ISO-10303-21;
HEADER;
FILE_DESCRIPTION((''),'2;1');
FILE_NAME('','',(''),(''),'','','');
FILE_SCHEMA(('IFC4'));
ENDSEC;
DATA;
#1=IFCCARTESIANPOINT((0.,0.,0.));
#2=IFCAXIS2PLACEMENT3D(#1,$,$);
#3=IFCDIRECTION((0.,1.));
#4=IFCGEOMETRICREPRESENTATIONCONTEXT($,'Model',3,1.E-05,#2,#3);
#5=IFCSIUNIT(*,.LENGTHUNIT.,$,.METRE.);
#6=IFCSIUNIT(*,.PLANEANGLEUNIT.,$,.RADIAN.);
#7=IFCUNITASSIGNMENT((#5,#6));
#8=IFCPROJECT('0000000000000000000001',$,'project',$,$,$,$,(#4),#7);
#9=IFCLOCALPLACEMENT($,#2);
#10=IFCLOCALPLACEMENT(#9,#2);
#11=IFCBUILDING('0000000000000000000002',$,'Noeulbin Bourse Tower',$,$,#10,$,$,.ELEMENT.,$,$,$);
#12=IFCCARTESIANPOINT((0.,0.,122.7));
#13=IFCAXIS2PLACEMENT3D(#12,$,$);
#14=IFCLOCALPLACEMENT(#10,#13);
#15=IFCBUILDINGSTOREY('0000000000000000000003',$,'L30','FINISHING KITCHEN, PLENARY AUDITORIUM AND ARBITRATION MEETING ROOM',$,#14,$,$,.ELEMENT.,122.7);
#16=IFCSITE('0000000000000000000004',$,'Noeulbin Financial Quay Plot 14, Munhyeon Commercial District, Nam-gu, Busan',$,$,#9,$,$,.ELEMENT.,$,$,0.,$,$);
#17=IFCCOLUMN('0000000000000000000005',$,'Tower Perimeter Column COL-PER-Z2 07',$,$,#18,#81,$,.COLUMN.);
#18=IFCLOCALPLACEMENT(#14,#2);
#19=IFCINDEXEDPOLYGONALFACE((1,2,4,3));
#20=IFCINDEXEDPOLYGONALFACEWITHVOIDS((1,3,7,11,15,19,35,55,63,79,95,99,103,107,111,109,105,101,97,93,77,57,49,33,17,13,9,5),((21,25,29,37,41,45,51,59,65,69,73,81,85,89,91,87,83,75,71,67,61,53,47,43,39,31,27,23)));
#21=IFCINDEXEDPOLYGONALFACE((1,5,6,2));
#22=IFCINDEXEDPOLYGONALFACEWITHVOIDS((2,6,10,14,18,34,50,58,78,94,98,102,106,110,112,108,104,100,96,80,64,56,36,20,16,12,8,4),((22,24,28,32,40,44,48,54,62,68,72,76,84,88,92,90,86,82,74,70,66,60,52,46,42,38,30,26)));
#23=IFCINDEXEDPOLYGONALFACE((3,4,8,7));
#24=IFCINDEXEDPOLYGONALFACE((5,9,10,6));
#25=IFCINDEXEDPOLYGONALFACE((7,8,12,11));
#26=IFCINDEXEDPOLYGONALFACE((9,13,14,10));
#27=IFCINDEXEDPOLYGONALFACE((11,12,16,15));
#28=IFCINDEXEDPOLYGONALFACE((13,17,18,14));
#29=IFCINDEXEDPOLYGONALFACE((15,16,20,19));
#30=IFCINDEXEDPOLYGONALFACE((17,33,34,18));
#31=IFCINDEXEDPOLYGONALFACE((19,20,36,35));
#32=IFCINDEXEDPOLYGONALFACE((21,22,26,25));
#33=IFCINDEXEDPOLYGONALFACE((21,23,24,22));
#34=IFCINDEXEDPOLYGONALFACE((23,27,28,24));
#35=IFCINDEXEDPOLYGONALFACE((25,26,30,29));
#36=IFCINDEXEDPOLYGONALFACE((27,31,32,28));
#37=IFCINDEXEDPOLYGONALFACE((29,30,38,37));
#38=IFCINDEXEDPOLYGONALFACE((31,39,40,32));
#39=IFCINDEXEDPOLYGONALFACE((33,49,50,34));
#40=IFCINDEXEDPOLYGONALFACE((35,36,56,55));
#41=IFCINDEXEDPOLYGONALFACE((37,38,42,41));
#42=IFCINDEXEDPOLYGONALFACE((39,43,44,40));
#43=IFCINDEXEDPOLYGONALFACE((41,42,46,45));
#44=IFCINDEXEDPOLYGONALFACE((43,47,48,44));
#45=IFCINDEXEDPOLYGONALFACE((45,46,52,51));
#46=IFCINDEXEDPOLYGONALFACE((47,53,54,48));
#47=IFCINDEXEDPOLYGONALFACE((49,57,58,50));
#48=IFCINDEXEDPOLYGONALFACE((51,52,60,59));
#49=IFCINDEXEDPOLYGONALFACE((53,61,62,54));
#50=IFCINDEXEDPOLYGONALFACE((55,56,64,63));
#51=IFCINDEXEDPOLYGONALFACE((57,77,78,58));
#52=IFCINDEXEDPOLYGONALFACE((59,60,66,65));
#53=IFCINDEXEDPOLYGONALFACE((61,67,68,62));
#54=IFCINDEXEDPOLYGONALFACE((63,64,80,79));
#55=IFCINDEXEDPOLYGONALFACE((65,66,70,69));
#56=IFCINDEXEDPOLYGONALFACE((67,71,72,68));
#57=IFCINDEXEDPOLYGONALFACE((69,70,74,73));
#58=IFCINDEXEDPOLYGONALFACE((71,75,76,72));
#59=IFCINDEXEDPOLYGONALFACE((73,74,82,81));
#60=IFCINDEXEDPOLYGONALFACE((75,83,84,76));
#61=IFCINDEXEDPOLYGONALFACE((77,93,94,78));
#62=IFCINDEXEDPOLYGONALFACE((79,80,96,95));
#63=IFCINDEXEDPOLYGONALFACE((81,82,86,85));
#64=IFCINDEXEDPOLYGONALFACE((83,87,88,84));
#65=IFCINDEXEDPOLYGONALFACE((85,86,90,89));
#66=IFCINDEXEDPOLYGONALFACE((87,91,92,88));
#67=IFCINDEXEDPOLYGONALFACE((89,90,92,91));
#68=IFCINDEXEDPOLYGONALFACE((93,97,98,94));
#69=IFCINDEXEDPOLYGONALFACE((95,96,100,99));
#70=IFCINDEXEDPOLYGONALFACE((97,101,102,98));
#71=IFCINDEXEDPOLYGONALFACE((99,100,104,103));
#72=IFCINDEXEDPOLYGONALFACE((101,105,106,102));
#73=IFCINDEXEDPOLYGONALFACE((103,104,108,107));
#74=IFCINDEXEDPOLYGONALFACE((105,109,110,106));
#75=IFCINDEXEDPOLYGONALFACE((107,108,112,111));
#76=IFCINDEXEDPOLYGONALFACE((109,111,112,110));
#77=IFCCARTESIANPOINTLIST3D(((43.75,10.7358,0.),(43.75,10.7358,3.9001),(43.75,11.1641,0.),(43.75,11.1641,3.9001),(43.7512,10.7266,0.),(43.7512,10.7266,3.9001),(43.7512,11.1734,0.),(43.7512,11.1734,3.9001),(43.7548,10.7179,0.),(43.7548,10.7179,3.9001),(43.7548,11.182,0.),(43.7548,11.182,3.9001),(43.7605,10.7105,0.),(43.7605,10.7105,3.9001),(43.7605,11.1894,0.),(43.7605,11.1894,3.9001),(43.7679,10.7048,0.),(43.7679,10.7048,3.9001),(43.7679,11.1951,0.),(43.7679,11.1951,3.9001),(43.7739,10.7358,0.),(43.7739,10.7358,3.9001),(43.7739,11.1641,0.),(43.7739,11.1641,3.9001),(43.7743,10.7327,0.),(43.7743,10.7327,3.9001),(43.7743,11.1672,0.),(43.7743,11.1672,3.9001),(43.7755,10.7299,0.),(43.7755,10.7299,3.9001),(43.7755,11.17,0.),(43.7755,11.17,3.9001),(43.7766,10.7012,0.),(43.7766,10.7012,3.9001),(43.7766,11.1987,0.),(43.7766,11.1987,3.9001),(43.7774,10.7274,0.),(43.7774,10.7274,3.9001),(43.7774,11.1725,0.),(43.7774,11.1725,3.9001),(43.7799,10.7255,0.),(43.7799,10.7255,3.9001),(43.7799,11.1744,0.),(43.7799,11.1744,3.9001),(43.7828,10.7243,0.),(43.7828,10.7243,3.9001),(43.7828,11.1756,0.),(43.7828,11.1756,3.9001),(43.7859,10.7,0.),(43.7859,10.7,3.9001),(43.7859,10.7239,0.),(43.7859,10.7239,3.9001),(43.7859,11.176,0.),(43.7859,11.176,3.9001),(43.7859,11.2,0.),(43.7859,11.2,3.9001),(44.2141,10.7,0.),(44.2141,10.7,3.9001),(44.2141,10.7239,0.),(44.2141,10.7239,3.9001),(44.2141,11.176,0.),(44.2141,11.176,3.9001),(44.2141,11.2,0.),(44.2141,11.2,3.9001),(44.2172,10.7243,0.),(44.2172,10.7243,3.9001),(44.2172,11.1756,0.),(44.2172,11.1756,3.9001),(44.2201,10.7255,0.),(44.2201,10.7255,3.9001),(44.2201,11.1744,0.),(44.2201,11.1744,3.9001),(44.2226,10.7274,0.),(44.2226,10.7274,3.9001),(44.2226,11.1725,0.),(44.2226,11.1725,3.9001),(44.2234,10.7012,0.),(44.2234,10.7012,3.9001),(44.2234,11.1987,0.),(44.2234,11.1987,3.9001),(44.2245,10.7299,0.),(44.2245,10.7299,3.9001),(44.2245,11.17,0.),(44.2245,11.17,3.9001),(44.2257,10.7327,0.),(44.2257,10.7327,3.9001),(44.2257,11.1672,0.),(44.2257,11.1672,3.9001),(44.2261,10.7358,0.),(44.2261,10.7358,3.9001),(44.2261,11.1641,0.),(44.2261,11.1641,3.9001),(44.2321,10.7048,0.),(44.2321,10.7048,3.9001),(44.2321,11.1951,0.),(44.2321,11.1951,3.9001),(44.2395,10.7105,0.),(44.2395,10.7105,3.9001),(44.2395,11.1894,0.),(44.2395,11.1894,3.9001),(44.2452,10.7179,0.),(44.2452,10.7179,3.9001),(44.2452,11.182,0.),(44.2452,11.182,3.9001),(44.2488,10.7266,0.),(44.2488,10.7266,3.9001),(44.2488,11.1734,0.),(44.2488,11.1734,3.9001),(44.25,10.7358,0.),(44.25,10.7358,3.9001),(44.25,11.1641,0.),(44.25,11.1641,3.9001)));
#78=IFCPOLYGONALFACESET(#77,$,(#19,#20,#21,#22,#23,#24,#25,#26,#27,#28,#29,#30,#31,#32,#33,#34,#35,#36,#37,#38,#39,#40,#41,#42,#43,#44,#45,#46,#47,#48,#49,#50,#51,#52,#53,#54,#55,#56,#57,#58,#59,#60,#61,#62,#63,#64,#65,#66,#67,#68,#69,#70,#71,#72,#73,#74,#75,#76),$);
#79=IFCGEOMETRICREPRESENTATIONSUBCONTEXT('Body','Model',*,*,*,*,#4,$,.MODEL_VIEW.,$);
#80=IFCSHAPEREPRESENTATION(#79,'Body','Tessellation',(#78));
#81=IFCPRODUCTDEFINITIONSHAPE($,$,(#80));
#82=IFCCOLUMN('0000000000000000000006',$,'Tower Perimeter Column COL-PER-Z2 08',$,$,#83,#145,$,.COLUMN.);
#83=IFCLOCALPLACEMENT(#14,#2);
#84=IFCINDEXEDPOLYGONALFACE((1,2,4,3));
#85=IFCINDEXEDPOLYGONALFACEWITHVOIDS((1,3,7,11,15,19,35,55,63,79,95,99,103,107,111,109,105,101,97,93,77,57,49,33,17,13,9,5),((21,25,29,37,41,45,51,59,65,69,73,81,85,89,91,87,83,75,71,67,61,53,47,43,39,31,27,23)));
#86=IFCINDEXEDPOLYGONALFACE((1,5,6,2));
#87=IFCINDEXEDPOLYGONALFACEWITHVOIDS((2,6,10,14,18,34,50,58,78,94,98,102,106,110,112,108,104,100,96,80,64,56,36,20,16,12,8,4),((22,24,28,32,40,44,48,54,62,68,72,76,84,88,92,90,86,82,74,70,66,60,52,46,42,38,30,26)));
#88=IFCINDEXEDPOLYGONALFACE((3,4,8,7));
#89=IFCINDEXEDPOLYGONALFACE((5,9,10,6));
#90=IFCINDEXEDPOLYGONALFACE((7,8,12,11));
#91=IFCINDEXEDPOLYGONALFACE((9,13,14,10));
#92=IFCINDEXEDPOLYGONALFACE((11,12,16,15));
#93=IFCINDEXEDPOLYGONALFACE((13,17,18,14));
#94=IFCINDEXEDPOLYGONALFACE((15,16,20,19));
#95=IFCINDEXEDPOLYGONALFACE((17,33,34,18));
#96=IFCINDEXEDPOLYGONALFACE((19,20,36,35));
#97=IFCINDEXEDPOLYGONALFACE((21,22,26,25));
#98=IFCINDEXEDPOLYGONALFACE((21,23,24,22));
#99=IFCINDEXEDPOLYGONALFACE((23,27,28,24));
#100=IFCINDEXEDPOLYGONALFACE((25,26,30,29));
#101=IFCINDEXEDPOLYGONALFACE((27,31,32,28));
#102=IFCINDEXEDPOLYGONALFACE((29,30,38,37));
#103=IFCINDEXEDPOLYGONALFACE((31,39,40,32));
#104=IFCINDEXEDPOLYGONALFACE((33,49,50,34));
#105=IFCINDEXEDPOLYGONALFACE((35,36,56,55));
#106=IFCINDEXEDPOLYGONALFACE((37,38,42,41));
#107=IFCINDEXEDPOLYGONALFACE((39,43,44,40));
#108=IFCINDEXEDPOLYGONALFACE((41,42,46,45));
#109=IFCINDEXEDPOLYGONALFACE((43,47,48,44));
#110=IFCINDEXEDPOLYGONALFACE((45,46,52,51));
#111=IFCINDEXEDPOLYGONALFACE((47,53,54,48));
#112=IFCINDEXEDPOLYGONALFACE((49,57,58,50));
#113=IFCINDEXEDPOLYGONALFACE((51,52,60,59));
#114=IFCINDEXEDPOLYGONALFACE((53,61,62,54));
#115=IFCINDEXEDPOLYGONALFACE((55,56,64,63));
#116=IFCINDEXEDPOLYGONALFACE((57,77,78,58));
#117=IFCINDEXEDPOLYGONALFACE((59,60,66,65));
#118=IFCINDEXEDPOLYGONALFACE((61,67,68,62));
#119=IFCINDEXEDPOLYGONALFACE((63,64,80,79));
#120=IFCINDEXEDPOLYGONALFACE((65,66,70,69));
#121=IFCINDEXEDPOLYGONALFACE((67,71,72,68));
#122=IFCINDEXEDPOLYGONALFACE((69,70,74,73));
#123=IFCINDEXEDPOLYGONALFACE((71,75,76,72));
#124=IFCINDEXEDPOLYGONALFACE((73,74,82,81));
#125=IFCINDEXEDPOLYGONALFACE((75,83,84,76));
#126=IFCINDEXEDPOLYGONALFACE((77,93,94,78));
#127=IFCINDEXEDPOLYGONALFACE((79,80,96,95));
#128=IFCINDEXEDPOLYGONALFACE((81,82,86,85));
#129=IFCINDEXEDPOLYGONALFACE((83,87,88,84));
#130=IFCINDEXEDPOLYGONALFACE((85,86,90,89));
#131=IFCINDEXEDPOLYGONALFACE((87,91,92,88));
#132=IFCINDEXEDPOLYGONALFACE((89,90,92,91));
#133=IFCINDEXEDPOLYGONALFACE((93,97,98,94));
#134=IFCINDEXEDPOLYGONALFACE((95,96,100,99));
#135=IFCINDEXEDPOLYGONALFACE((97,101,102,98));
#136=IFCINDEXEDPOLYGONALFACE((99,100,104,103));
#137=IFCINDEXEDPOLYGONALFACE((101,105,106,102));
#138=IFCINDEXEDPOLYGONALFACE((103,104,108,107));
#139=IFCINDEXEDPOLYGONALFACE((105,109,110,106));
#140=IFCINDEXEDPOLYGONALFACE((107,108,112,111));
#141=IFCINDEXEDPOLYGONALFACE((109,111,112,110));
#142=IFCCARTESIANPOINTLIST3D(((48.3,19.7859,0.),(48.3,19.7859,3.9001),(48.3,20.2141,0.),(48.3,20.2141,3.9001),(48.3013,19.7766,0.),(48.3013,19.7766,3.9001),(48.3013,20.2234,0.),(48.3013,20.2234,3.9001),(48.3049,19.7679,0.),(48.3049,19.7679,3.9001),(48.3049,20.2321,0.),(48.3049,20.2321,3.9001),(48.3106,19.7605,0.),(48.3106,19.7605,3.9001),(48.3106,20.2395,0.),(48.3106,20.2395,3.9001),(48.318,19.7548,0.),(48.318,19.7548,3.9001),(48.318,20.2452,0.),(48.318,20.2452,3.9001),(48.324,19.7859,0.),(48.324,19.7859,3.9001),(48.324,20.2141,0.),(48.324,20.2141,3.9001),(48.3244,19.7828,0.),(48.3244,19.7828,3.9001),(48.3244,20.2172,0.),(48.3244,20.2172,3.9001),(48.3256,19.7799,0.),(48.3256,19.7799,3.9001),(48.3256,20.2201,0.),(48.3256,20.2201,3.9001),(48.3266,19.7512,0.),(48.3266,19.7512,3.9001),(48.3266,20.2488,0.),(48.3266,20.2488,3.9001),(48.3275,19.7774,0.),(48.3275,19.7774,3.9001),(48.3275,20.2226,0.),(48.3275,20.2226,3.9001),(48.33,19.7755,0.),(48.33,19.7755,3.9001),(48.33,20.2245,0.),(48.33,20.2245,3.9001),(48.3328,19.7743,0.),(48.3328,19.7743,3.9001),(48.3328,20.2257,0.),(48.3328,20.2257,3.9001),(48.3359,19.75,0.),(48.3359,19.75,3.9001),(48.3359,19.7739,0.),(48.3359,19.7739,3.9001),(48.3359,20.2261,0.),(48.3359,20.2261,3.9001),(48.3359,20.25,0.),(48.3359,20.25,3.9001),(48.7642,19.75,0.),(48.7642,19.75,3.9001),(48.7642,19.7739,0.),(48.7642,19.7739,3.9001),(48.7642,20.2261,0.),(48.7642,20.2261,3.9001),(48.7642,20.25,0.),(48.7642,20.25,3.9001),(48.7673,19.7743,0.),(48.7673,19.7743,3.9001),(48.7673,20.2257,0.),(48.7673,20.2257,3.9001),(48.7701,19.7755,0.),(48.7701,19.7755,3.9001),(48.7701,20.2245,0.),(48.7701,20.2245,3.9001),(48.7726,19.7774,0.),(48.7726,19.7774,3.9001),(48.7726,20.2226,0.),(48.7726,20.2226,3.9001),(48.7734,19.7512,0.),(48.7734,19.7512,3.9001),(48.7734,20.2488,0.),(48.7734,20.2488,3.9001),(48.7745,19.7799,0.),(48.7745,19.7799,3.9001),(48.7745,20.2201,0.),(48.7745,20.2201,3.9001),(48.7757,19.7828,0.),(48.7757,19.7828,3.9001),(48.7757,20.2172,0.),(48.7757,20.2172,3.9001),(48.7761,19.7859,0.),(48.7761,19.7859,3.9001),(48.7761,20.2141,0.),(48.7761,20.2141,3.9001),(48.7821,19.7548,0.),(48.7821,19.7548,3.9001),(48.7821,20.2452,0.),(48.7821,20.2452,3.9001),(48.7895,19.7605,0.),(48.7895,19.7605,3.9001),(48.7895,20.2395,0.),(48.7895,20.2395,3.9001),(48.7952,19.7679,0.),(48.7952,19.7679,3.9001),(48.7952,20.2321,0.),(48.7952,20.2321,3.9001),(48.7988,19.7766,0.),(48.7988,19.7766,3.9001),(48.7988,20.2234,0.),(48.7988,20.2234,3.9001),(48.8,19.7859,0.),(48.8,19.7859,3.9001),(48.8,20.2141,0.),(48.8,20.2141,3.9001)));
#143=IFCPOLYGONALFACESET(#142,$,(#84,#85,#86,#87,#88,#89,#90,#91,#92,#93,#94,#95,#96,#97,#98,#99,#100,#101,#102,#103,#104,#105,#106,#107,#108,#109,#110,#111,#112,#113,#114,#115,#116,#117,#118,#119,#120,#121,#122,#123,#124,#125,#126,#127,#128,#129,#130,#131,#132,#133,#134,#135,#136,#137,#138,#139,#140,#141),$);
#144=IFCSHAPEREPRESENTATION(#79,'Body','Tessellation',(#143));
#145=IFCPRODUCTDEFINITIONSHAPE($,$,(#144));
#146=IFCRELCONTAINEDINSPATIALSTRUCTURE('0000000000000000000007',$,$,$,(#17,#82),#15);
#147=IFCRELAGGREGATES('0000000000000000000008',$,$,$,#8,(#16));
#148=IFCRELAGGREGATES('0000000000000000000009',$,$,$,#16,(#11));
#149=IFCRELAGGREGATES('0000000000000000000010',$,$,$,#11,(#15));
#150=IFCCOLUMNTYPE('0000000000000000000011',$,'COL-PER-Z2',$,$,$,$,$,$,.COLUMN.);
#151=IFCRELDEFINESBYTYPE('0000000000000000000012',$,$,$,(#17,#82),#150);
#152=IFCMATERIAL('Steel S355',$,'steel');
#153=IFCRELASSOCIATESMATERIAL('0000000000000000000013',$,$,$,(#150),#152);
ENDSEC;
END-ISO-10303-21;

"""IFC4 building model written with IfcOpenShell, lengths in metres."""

from ifc_helpers import new_model, si_unit, direction, frame, origin, origin_2d, place, context, subcontext, project, spatial, hollow_rectangle, extrude, material, material_profile, profile_set, type_object, element, save


model = new_model("IFC4")

# Units and contexts
model_context = context("Model", 3, precision=1e-05, world=origin(), true_north=direction((0.0, 1.0)))
body_context = subcontext(model_context, "Body", "Model", "MODEL_VIEW")
ifc_project = project(units=[si_unit("LENGTHUNIT", "METRE"), si_unit("PLANEANGLEUNIT", "RADIAN")], contexts=[model_context])

# Site, building, storey
site_placement = place(None, origin())
site = spatial("IfcSite", under=ifc_project, at=site_placement, Name="Noeulbin Financial Quay Plot 14, Munhyeon Commercial District, Nam-gu, Busan", CompositionType="ELEMENT", RefElevation=0.0)
building_placement = place(site_placement, origin())
building = spatial("IfcBuilding", under=site, at=building_placement, Name="Noeulbin Bourse Tower", CompositionType="ELEMENT")
storey_placement = place(building_placement, frame((0.0, 0.0, 122.7)))
storey = spatial("IfcBuildingStorey", under=building, at=storey_placement, Name="L30", Description="FINISHING KITCHEN, PLENARY AUDITORIUM AND ARBITRATION MEETING ROOM", CompositionType="ELEMENT", Elevation=122.7)

# Columns
ifc_material_1 = material(Name="Steel S355", Category="steel")
ifc_material_profile_1 = material_profile(ifc_material_1, hollow_rectangle(XDim=0.5, YDim=0.5, WallThickness=0.0239, InnerFilletRadius=0.012, OuterFilletRadius=0.0359, at=origin_2d()), Name="BOX-500x500x24", Category="LoadBearing")
ifc_profile_set_1 = profile_set([ifc_material_profile_1], Name="Steel S355")
column_type_1 = type_object("IfcColumnType", Name="COL-PER-Z2", PredefinedType="COLUMN", material=ifc_profile_set_1)
for number, where, z_axis, x_axis, name in (
    (1, (44.0, 10.95, 0.0), (0.0, 0.0, 1.0), (1.0, 0.0, 0.0), "Tower Perimeter Column COL-PER-Z2 07"),
    (2, (48.55, 20.0, 0.0), (0.0, 0.0, 1.0), (1.0, 0.0, 0.0), "Tower Perimeter Column COL-PER-Z2 08"),
):
    element("IfcColumn", number, at=place(storey_placement, frame(where, z_axis=z_axis, x_axis=x_axis)), inside=storey, type_object=column_type_1, Name=name, PredefinedType="COLUMN", context=body_context, shape_type="SweptSolid", body=[
        extrude(hollow_rectangle(XDim=0.5, YDim=0.5, WallThickness=0.0239, InnerFilletRadius=0.012, OuterFilletRadius=0.0359, at=origin_2d()), origin(), (0.0, 0.0, 1.0), 3.9001),
    ])

save(model, "model.ifc")
